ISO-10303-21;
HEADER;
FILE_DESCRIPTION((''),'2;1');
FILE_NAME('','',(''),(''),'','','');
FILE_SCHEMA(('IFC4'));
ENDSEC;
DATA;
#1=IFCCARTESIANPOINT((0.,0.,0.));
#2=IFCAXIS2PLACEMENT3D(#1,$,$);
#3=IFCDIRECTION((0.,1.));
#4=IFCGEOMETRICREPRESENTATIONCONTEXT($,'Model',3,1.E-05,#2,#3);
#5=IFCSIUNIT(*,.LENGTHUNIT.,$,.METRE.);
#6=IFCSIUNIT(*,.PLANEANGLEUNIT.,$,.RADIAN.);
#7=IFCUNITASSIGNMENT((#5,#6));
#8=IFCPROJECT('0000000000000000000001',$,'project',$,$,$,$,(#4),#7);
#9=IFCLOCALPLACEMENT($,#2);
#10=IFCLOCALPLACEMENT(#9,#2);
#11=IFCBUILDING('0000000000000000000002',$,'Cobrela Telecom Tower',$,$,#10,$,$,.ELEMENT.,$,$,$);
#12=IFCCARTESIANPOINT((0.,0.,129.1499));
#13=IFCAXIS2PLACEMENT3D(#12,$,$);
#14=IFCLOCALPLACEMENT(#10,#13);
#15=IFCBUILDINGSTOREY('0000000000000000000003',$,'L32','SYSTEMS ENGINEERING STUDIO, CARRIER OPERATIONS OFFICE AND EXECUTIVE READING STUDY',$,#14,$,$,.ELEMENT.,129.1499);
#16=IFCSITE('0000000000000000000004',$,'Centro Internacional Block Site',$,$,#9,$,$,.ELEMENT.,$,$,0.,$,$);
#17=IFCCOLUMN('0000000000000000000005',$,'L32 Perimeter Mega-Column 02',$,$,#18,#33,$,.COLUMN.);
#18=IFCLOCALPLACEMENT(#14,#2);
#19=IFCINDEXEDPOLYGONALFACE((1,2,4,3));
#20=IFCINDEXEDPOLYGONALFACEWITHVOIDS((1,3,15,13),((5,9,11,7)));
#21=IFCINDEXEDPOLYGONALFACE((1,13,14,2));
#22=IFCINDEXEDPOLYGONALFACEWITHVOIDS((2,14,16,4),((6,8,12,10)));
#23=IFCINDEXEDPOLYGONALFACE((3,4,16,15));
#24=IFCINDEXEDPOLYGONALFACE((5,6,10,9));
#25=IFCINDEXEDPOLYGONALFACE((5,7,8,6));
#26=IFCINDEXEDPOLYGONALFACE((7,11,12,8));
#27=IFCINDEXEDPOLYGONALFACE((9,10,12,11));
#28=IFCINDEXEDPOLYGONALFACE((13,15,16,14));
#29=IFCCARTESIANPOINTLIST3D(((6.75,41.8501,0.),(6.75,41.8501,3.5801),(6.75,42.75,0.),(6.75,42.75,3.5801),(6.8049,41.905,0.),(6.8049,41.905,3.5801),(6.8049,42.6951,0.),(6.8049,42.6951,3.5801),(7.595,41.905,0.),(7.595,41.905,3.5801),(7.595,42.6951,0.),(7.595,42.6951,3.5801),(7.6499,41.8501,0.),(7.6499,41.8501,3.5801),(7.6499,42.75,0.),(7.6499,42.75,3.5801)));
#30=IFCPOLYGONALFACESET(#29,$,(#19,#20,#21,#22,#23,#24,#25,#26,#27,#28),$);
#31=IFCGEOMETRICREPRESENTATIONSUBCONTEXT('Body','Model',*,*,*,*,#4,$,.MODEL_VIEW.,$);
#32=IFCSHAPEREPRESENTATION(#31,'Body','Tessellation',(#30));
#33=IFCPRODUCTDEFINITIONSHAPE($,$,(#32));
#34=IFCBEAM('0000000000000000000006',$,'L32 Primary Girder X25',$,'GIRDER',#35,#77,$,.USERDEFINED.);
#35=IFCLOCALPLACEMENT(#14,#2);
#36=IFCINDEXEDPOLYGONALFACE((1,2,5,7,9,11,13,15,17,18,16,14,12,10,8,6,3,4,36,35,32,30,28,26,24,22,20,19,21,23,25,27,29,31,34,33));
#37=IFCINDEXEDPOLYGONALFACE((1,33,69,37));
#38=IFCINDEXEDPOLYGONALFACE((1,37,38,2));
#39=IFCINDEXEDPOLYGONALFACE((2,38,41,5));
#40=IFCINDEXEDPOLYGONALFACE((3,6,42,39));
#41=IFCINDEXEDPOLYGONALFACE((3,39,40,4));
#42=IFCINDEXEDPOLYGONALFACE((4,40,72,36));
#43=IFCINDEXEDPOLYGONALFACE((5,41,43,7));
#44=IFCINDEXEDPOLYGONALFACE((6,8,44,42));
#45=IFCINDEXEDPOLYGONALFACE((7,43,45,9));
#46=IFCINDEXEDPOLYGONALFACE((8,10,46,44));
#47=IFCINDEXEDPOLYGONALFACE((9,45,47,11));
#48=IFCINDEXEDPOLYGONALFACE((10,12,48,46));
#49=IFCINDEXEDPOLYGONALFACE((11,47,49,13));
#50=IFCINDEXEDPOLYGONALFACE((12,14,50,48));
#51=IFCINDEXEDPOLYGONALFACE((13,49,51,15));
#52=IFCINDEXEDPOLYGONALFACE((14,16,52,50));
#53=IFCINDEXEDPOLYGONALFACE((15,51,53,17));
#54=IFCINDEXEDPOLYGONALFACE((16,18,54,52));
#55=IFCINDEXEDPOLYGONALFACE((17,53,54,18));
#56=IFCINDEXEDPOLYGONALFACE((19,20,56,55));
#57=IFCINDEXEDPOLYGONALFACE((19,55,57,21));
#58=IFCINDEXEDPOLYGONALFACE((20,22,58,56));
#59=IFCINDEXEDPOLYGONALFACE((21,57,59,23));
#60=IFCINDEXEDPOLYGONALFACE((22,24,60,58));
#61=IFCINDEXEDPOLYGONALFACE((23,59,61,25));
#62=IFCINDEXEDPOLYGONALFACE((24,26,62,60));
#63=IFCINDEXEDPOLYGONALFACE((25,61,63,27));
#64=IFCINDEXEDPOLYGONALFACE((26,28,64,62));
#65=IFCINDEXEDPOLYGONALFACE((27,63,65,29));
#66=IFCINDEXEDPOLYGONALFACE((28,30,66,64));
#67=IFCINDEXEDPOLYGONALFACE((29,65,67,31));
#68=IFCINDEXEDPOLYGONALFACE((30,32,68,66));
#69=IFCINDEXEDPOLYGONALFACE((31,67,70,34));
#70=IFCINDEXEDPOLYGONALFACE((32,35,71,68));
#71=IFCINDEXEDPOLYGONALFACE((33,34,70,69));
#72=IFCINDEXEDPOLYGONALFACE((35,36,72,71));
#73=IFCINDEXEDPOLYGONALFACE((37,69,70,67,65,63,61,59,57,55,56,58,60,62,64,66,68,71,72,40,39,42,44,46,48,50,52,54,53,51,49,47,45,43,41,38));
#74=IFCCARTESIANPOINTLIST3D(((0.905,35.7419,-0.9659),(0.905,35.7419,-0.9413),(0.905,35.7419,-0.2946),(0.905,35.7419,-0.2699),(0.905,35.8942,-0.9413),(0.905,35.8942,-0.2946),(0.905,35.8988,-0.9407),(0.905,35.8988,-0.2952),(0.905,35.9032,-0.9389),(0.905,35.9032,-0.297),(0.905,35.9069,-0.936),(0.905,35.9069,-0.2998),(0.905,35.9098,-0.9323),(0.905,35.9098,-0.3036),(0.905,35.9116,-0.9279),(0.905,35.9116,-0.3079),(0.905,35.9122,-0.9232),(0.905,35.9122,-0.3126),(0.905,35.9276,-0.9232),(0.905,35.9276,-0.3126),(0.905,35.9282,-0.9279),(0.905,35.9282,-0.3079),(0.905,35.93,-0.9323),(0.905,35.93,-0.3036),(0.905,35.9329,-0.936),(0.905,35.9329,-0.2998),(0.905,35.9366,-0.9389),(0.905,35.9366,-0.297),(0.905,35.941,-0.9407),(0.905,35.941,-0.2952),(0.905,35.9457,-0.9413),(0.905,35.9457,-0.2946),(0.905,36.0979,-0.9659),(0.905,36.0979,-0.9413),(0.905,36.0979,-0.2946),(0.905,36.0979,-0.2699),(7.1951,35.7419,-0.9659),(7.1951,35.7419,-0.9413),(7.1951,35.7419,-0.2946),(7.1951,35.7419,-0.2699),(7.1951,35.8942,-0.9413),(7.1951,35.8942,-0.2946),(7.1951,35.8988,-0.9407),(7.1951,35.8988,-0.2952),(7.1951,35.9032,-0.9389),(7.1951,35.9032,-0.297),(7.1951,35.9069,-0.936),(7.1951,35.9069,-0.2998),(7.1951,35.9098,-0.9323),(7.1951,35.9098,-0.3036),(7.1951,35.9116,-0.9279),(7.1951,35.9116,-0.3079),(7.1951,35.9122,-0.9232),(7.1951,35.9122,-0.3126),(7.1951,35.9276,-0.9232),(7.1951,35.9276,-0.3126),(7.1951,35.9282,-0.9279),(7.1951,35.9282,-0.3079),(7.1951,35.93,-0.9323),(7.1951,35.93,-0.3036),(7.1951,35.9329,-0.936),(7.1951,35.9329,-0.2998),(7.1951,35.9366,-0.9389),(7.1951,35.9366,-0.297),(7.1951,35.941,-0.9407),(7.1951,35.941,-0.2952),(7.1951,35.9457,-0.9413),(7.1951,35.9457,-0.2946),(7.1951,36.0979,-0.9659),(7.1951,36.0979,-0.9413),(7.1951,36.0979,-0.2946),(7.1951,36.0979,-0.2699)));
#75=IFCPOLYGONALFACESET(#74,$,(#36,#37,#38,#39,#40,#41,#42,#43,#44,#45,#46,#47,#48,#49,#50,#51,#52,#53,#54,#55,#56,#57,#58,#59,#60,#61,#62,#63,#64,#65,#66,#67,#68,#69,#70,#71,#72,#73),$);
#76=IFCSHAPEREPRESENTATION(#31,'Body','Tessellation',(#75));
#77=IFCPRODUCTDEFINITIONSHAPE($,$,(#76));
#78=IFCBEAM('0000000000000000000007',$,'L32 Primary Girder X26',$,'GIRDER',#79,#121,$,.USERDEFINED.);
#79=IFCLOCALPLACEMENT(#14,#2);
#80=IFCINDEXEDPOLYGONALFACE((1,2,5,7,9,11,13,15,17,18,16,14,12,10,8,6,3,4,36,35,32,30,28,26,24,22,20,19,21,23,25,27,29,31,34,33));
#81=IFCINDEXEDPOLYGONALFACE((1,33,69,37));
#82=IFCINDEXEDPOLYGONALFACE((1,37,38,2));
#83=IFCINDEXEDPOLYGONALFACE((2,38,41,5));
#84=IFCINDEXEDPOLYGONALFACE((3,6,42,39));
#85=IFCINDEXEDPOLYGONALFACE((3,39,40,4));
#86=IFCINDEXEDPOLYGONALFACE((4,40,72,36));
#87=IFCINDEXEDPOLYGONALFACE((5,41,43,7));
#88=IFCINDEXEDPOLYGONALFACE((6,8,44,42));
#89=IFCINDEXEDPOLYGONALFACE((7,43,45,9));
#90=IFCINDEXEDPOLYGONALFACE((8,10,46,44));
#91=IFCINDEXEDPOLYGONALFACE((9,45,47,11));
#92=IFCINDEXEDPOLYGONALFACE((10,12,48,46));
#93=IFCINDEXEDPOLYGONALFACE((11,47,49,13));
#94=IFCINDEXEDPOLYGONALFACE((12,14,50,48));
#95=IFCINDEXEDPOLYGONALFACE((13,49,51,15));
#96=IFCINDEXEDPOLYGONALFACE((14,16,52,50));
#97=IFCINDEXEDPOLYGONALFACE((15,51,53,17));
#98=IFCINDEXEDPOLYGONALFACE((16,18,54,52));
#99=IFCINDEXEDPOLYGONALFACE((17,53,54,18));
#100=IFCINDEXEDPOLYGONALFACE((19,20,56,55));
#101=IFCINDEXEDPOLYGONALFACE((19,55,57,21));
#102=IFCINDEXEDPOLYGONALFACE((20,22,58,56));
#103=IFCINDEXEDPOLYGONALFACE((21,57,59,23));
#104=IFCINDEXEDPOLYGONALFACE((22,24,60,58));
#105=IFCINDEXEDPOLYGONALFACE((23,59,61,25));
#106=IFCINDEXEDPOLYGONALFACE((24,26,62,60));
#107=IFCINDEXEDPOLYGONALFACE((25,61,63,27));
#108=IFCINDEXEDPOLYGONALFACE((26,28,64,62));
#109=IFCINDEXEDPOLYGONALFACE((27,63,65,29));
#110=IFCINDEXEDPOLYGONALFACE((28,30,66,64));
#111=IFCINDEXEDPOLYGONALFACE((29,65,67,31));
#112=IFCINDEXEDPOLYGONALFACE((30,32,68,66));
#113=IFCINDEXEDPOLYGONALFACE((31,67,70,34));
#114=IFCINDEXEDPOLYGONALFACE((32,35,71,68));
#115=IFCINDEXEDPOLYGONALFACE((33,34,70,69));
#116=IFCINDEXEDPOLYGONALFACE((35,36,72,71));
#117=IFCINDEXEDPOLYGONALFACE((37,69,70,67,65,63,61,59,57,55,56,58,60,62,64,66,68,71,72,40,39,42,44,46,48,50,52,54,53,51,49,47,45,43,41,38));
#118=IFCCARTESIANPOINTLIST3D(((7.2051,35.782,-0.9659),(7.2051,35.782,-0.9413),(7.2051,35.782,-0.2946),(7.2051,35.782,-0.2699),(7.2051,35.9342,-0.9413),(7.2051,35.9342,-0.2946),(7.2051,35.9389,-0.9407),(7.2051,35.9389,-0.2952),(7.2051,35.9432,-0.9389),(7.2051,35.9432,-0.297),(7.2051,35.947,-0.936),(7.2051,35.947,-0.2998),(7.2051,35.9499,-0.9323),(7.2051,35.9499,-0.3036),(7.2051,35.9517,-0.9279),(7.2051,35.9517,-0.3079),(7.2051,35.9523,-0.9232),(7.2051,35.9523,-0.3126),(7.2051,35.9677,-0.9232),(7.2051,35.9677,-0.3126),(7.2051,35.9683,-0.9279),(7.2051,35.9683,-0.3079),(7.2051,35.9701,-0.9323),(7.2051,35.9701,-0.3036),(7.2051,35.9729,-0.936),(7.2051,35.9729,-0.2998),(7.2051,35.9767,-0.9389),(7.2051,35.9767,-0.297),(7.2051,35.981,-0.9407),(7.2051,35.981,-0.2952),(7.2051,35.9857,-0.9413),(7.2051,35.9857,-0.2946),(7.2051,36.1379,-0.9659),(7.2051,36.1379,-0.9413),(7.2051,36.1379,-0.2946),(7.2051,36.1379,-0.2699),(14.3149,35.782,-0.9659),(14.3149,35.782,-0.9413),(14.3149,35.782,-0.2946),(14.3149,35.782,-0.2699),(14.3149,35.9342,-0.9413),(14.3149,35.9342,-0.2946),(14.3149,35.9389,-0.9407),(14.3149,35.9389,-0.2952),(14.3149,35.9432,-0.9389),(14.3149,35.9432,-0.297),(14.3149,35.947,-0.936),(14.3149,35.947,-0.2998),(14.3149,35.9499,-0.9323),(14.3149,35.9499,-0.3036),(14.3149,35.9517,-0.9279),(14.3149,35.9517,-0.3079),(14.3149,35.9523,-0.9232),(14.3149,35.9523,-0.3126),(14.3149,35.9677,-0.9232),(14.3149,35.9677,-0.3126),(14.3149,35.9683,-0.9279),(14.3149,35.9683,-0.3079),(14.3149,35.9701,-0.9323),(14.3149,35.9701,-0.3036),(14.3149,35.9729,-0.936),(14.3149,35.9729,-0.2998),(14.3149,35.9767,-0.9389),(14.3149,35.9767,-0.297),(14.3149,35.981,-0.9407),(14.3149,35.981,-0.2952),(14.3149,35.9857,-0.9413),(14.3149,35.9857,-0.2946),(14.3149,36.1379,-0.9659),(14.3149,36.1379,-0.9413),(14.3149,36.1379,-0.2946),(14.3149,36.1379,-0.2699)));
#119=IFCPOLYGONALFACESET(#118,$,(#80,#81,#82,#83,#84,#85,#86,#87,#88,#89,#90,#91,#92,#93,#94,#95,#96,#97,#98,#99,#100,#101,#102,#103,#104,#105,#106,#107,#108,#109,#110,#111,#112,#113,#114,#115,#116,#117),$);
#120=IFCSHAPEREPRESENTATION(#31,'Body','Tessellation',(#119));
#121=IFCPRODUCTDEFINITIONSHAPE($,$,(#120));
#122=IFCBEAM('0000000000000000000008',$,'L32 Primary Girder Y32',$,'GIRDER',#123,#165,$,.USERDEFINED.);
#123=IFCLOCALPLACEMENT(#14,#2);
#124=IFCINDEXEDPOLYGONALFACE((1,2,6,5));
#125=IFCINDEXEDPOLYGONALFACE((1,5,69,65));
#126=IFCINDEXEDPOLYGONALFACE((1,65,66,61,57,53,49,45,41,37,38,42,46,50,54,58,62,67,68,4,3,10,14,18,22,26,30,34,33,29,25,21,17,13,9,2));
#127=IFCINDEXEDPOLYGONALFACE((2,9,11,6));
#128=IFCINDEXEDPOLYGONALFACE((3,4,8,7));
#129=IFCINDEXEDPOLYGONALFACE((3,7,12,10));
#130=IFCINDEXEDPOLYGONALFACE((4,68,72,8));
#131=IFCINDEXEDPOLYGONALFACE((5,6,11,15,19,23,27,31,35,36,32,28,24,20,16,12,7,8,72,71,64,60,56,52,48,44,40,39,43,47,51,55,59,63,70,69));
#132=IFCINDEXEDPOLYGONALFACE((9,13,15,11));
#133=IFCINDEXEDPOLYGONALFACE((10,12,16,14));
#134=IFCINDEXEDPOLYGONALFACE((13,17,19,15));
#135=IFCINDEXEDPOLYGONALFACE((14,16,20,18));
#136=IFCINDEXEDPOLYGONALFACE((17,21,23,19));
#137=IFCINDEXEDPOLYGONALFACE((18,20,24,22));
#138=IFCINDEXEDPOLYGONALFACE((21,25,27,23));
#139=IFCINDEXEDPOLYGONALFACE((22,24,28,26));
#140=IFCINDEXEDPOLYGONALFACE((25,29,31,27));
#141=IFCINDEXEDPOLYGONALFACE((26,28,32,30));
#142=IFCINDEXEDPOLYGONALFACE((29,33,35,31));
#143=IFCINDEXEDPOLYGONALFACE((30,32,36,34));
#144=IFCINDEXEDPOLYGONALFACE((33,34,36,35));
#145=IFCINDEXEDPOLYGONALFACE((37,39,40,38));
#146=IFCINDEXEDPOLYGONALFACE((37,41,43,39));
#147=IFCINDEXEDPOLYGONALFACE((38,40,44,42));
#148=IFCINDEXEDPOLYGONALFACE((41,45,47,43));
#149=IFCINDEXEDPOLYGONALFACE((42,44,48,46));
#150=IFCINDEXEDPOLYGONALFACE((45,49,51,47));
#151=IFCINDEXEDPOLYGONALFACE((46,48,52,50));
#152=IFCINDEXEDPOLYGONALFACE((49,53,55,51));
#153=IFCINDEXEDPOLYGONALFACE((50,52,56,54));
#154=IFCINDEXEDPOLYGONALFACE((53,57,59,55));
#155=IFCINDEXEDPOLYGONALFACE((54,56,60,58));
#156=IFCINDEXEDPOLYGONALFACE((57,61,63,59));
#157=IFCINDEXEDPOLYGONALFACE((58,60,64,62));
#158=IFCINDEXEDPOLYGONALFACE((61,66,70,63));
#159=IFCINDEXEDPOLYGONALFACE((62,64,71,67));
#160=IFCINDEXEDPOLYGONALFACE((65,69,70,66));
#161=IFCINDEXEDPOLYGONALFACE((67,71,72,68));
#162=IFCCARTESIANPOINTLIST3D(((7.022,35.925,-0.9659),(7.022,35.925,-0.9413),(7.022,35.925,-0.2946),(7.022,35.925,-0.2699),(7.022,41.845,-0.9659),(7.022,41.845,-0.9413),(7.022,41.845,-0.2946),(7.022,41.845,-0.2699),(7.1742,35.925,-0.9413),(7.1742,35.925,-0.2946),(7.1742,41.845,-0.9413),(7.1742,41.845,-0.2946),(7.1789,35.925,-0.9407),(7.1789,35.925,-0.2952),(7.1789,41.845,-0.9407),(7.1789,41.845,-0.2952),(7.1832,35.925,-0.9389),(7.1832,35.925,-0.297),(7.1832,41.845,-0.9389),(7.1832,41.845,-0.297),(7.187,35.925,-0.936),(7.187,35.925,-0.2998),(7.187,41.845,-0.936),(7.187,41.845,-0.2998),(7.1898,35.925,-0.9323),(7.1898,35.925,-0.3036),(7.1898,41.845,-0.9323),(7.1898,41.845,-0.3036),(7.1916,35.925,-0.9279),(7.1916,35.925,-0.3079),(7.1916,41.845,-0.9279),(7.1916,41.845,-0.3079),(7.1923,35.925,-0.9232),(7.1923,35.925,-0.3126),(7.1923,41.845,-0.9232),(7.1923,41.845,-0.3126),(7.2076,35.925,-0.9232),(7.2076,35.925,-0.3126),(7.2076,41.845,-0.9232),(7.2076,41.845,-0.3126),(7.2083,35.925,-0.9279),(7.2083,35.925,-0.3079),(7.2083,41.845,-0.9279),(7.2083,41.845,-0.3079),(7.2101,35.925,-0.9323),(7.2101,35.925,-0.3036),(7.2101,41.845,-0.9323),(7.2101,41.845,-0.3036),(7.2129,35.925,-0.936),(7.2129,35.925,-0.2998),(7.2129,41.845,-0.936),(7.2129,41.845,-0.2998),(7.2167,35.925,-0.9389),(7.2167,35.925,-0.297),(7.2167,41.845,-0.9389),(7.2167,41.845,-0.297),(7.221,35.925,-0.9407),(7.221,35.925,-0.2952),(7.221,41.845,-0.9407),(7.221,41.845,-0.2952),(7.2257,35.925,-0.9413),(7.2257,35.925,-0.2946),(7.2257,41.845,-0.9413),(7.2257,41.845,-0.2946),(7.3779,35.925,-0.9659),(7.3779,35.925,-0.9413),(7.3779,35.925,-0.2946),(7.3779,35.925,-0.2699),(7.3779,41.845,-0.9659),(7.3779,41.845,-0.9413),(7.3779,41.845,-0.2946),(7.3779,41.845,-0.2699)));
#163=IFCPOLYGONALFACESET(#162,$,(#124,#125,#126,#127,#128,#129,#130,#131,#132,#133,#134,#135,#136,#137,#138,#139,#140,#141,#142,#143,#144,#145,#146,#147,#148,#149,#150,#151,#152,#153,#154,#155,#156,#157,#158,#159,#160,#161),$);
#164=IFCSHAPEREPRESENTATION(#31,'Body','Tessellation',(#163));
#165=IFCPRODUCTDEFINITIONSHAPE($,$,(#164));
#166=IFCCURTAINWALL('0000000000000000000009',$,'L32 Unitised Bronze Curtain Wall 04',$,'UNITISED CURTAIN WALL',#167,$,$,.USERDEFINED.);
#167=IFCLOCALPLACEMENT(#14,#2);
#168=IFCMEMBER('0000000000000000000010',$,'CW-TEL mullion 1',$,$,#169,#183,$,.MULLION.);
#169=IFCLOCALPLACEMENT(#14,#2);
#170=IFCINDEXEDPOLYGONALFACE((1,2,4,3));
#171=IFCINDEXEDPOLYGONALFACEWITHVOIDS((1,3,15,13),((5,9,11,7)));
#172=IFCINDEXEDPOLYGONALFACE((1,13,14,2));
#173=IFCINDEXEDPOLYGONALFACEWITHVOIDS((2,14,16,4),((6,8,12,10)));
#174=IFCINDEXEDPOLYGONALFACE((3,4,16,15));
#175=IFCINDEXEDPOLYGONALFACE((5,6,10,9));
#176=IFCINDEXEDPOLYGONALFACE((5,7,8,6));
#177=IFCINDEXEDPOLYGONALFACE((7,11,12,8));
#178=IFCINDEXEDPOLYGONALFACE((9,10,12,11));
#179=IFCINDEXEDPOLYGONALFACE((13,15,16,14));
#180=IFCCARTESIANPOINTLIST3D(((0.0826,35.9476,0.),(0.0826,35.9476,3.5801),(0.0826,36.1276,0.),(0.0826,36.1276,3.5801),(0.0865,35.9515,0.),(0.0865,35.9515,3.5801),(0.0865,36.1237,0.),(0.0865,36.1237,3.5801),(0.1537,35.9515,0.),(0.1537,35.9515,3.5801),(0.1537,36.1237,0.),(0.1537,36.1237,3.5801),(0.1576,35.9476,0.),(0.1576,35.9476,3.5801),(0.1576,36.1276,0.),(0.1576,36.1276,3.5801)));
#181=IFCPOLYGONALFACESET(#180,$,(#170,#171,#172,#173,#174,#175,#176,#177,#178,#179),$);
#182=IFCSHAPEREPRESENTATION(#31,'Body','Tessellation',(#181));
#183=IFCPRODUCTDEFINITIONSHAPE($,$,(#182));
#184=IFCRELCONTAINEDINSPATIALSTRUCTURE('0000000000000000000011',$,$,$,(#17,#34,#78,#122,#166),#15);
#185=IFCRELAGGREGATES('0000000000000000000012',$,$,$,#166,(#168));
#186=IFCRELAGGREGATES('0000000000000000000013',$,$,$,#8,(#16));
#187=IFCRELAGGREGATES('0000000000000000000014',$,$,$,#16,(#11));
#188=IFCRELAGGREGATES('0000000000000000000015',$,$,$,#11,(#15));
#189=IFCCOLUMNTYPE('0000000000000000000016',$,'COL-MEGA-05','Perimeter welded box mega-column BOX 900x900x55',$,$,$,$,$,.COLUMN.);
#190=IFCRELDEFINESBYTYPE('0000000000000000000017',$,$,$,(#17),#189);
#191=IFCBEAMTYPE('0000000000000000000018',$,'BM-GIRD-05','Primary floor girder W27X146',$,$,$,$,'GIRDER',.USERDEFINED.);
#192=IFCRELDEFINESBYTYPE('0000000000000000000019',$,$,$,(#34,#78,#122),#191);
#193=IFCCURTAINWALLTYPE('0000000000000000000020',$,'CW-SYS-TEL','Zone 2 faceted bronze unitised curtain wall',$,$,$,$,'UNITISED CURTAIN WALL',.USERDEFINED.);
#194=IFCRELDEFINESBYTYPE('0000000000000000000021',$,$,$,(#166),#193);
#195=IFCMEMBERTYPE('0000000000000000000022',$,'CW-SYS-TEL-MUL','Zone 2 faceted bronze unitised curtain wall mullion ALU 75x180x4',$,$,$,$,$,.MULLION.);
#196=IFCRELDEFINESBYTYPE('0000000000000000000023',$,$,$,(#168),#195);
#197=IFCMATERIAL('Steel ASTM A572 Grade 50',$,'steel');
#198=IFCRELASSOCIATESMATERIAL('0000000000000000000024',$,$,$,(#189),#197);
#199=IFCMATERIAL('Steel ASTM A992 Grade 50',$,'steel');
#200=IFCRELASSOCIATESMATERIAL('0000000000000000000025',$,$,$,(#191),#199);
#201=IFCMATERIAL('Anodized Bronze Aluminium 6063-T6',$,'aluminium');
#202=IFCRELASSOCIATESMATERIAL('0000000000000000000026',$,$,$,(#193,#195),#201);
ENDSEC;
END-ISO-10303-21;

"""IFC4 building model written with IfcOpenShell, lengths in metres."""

from ifc_helpers import new_model, si_unit, direction, frame, origin, origin_2d, place, context, subcontext, project, spatial, hollow_rectangle, i_section, extrude, material, material_profile, profile_set, type_object, element, aggregate, save


model = new_model("IFC4")

# Units and contexts
model_context = context("Model", 3, precision=1e-05, world=origin(), true_north=direction((0.0, 1.0)))
body_context = subcontext(model_context, "Body", "Model", "MODEL_VIEW")
ifc_project = project(units=[si_unit("LENGTHUNIT", "METRE"), si_unit("PLANEANGLEUNIT", "RADIAN")], contexts=[model_context])

# Site, building, storey
site_placement = place(None, origin())
site = spatial("IfcSite", under=ifc_project, at=site_placement, Name="Centro Internacional Block Site", CompositionType="ELEMENT", RefElevation=0.0)
building_placement = place(site_placement, origin())
building = spatial("IfcBuilding", under=site, at=building_placement, Name="Cobrela Telecom Tower", CompositionType="ELEMENT")
storey_placement = place(building_placement, frame((0.0, 0.0, 129.1499)))
storey = spatial("IfcBuildingStorey", under=building, at=storey_placement, Name="L32", Description="SYSTEMS ENGINEERING STUDIO, CARRIER OPERATIONS OFFICE AND EXECUTIVE READING STUDY", CompositionType="ELEMENT", Elevation=129.1499)

# Column
ifc_material_1 = material(Name="Steel ASTM A572 Grade 50", Category="steel")
ifc_material_profile_1 = material_profile(ifc_material_1, hollow_rectangle(XDim=0.8999, YDim=0.8999, WallThickness=0.0549, at=origin_2d()), Name="BOX 900x900x55")
ifc_profile_set_1 = profile_set([ifc_material_profile_1], Name="Steel ASTM A572 Grade 50")
column_type = type_object("IfcColumnType", Name="COL-MEGA-05", Description="Perimeter welded box mega-column BOX 900x900x55", PredefinedType="COLUMN", material=ifc_profile_set_1)
column_placement = place(storey_placement, frame((7.2, 42.3, 0.0), z_axis=(0.0, 0.0, 1.0), x_axis=(1.0, 0.0, 0.0)))
element("IfcColumn", 1, at=column_placement, inside=storey, type_object=column_type, Name="L32 Perimeter Mega-Column 02", PredefinedType="COLUMN", context=body_context, shape_type="SweptSolid", body=[
    extrude(hollow_rectangle(XDim=0.8999, YDim=0.8999, WallThickness=0.0549, at=origin_2d()), origin(), (0.0, 0.0, 1.0), 3.5801),
])

# Beams
ifc_material_2 = material(Name="Steel ASTM A992 Grade 50", Category="steel")
ifc_material_profile_2 = material_profile(ifc_material_2, i_section(OverallWidth=0.356, OverallDepth=0.696, WebThickness=0.0154, FlangeThickness=0.0247, FilletRadius=0.0181, at=origin_2d()), Name="W27X146")
ifc_profile_set_2 = profile_set([ifc_material_profile_2], Name="Steel ASTM A992 Grade 50")
beam_type = type_object("IfcBeamType", Name="BM-GIRD-05", Description="Primary floor girder W27X146", ElementType="GIRDER", PredefinedType="USERDEFINED", material=ifc_profile_set_2)
beam_1_placement = place(storey_placement, frame((0.905, 35.9199, -0.6179), z_axis=(1.0, 0.0, 0.0), x_axis=(0.0, 1.0, 0.0)))
element("IfcBeam", 2, at=beam_1_placement, inside=storey, type_object=beam_type, Name="L32 Primary Girder X25", ObjectType="GIRDER", PredefinedType="USERDEFINED", context=body_context, shape_type="SweptSolid", body=[
    extrude(i_section(OverallWidth=0.356, OverallDepth=0.696, WebThickness=0.0154, FlangeThickness=0.0247, FilletRadius=0.0181, at=origin_2d()), origin(), (0.0, 0.0, 1.0), 6.29),
])
beam_2_placement = place(storey_placement, frame((7.2051, 35.96, -0.6179), z_axis=(1.0, 0.0, 0.0), x_axis=(0.0, 1.0, 0.0)))
element("IfcBeam", 3, at=beam_2_placement, inside=storey, type_object=beam_type, Name="L32 Primary Girder X26", ObjectType="GIRDER", PredefinedType="USERDEFINED", context=body_context, shape_type="SweptSolid", body=[
    extrude(i_section(OverallWidth=0.356, OverallDepth=0.696, WebThickness=0.0154, FlangeThickness=0.0247, FilletRadius=0.0181, at=origin_2d()), origin(), (0.0, 0.0, 1.0), 7.1099),
])
beam_3_placement = place(storey_placement, frame((7.2, 35.925, -0.6179), z_axis=(0.0, 1.0, 0.0), x_axis=(-1.0, 0.0, 0.0)))
element("IfcBeam", 4, at=beam_3_placement, inside=storey, type_object=beam_type, Name="L32 Primary Girder Y32", ObjectType="GIRDER", PredefinedType="USERDEFINED", context=body_context, shape_type="SweptSolid", body=[
    extrude(i_section(OverallWidth=0.356, OverallDepth=0.696, WebThickness=0.0154, FlangeThickness=0.0247, FilletRadius=0.0181, at=origin_2d()), origin(), (0.0, 0.0, 1.0), 5.9199),
])

# Curtain wall, member
ifc_material_3 = material(Name="Anodized Bronze Aluminium 6063-T6", Category="aluminium")
curtain_wall_type = type_object("IfcCurtainWallType", Name="CW-SYS-TEL", Description="Zone 2 faceted bronze unitised curtain wall", ElementType="UNITISED CURTAIN WALL", PredefinedType="USERDEFINED", material=ifc_material_3)
curtain_wall_1_placement = place(storey_placement, origin())
curtain_wall_1 = element("IfcCurtainWall", 5, at=curtain_wall_1_placement, inside=storey, type_object=curtain_wall_type, Name="L32 Unitised Bronze Curtain Wall 04", ObjectType="UNITISED CURTAIN WALL", PredefinedType="USERDEFINED")
ifc_material_profile_3 = material_profile(ifc_material_3, hollow_rectangle(XDim=0.075, YDim=0.1799, WallThickness=0.0039, at=origin_2d()), Name="ALU 75x180x4")
ifc_profile_set_3 = profile_set([ifc_material_profile_3], Name="Anodized Bronze Aluminium 6063-T6")
member_type_1 = type_object("IfcMemberType", Name="CW-SYS-TEL-MUL", Description="Zone 2 faceted bronze unitised curtain wall mullion ALU 75x180x4", PredefinedType="MULLION", material=ifc_profile_set_3)
member_1_placement = place(storey_placement, frame((0.1201, 36.0376, 0.0), z_axis=(0.0, 0.0, 1.0), x_axis=(-1.0, 0.0, 0.0)))
member_1 = element("IfcMember", 6, at=member_1_placement, type_object=member_type_1, Name="CW-TEL mullion 1", PredefinedType="MULLION", context=body_context, shape_type="SweptSolid", body=[
    extrude(hollow_rectangle(XDim=0.075, YDim=0.1799, WallThickness=0.0039, at=origin_2d()), origin(), (0.0, 0.0, 1.0), 3.5801),
])

aggregate(curtain_wall_1, [member_1])

save(model, "model.ifc")
